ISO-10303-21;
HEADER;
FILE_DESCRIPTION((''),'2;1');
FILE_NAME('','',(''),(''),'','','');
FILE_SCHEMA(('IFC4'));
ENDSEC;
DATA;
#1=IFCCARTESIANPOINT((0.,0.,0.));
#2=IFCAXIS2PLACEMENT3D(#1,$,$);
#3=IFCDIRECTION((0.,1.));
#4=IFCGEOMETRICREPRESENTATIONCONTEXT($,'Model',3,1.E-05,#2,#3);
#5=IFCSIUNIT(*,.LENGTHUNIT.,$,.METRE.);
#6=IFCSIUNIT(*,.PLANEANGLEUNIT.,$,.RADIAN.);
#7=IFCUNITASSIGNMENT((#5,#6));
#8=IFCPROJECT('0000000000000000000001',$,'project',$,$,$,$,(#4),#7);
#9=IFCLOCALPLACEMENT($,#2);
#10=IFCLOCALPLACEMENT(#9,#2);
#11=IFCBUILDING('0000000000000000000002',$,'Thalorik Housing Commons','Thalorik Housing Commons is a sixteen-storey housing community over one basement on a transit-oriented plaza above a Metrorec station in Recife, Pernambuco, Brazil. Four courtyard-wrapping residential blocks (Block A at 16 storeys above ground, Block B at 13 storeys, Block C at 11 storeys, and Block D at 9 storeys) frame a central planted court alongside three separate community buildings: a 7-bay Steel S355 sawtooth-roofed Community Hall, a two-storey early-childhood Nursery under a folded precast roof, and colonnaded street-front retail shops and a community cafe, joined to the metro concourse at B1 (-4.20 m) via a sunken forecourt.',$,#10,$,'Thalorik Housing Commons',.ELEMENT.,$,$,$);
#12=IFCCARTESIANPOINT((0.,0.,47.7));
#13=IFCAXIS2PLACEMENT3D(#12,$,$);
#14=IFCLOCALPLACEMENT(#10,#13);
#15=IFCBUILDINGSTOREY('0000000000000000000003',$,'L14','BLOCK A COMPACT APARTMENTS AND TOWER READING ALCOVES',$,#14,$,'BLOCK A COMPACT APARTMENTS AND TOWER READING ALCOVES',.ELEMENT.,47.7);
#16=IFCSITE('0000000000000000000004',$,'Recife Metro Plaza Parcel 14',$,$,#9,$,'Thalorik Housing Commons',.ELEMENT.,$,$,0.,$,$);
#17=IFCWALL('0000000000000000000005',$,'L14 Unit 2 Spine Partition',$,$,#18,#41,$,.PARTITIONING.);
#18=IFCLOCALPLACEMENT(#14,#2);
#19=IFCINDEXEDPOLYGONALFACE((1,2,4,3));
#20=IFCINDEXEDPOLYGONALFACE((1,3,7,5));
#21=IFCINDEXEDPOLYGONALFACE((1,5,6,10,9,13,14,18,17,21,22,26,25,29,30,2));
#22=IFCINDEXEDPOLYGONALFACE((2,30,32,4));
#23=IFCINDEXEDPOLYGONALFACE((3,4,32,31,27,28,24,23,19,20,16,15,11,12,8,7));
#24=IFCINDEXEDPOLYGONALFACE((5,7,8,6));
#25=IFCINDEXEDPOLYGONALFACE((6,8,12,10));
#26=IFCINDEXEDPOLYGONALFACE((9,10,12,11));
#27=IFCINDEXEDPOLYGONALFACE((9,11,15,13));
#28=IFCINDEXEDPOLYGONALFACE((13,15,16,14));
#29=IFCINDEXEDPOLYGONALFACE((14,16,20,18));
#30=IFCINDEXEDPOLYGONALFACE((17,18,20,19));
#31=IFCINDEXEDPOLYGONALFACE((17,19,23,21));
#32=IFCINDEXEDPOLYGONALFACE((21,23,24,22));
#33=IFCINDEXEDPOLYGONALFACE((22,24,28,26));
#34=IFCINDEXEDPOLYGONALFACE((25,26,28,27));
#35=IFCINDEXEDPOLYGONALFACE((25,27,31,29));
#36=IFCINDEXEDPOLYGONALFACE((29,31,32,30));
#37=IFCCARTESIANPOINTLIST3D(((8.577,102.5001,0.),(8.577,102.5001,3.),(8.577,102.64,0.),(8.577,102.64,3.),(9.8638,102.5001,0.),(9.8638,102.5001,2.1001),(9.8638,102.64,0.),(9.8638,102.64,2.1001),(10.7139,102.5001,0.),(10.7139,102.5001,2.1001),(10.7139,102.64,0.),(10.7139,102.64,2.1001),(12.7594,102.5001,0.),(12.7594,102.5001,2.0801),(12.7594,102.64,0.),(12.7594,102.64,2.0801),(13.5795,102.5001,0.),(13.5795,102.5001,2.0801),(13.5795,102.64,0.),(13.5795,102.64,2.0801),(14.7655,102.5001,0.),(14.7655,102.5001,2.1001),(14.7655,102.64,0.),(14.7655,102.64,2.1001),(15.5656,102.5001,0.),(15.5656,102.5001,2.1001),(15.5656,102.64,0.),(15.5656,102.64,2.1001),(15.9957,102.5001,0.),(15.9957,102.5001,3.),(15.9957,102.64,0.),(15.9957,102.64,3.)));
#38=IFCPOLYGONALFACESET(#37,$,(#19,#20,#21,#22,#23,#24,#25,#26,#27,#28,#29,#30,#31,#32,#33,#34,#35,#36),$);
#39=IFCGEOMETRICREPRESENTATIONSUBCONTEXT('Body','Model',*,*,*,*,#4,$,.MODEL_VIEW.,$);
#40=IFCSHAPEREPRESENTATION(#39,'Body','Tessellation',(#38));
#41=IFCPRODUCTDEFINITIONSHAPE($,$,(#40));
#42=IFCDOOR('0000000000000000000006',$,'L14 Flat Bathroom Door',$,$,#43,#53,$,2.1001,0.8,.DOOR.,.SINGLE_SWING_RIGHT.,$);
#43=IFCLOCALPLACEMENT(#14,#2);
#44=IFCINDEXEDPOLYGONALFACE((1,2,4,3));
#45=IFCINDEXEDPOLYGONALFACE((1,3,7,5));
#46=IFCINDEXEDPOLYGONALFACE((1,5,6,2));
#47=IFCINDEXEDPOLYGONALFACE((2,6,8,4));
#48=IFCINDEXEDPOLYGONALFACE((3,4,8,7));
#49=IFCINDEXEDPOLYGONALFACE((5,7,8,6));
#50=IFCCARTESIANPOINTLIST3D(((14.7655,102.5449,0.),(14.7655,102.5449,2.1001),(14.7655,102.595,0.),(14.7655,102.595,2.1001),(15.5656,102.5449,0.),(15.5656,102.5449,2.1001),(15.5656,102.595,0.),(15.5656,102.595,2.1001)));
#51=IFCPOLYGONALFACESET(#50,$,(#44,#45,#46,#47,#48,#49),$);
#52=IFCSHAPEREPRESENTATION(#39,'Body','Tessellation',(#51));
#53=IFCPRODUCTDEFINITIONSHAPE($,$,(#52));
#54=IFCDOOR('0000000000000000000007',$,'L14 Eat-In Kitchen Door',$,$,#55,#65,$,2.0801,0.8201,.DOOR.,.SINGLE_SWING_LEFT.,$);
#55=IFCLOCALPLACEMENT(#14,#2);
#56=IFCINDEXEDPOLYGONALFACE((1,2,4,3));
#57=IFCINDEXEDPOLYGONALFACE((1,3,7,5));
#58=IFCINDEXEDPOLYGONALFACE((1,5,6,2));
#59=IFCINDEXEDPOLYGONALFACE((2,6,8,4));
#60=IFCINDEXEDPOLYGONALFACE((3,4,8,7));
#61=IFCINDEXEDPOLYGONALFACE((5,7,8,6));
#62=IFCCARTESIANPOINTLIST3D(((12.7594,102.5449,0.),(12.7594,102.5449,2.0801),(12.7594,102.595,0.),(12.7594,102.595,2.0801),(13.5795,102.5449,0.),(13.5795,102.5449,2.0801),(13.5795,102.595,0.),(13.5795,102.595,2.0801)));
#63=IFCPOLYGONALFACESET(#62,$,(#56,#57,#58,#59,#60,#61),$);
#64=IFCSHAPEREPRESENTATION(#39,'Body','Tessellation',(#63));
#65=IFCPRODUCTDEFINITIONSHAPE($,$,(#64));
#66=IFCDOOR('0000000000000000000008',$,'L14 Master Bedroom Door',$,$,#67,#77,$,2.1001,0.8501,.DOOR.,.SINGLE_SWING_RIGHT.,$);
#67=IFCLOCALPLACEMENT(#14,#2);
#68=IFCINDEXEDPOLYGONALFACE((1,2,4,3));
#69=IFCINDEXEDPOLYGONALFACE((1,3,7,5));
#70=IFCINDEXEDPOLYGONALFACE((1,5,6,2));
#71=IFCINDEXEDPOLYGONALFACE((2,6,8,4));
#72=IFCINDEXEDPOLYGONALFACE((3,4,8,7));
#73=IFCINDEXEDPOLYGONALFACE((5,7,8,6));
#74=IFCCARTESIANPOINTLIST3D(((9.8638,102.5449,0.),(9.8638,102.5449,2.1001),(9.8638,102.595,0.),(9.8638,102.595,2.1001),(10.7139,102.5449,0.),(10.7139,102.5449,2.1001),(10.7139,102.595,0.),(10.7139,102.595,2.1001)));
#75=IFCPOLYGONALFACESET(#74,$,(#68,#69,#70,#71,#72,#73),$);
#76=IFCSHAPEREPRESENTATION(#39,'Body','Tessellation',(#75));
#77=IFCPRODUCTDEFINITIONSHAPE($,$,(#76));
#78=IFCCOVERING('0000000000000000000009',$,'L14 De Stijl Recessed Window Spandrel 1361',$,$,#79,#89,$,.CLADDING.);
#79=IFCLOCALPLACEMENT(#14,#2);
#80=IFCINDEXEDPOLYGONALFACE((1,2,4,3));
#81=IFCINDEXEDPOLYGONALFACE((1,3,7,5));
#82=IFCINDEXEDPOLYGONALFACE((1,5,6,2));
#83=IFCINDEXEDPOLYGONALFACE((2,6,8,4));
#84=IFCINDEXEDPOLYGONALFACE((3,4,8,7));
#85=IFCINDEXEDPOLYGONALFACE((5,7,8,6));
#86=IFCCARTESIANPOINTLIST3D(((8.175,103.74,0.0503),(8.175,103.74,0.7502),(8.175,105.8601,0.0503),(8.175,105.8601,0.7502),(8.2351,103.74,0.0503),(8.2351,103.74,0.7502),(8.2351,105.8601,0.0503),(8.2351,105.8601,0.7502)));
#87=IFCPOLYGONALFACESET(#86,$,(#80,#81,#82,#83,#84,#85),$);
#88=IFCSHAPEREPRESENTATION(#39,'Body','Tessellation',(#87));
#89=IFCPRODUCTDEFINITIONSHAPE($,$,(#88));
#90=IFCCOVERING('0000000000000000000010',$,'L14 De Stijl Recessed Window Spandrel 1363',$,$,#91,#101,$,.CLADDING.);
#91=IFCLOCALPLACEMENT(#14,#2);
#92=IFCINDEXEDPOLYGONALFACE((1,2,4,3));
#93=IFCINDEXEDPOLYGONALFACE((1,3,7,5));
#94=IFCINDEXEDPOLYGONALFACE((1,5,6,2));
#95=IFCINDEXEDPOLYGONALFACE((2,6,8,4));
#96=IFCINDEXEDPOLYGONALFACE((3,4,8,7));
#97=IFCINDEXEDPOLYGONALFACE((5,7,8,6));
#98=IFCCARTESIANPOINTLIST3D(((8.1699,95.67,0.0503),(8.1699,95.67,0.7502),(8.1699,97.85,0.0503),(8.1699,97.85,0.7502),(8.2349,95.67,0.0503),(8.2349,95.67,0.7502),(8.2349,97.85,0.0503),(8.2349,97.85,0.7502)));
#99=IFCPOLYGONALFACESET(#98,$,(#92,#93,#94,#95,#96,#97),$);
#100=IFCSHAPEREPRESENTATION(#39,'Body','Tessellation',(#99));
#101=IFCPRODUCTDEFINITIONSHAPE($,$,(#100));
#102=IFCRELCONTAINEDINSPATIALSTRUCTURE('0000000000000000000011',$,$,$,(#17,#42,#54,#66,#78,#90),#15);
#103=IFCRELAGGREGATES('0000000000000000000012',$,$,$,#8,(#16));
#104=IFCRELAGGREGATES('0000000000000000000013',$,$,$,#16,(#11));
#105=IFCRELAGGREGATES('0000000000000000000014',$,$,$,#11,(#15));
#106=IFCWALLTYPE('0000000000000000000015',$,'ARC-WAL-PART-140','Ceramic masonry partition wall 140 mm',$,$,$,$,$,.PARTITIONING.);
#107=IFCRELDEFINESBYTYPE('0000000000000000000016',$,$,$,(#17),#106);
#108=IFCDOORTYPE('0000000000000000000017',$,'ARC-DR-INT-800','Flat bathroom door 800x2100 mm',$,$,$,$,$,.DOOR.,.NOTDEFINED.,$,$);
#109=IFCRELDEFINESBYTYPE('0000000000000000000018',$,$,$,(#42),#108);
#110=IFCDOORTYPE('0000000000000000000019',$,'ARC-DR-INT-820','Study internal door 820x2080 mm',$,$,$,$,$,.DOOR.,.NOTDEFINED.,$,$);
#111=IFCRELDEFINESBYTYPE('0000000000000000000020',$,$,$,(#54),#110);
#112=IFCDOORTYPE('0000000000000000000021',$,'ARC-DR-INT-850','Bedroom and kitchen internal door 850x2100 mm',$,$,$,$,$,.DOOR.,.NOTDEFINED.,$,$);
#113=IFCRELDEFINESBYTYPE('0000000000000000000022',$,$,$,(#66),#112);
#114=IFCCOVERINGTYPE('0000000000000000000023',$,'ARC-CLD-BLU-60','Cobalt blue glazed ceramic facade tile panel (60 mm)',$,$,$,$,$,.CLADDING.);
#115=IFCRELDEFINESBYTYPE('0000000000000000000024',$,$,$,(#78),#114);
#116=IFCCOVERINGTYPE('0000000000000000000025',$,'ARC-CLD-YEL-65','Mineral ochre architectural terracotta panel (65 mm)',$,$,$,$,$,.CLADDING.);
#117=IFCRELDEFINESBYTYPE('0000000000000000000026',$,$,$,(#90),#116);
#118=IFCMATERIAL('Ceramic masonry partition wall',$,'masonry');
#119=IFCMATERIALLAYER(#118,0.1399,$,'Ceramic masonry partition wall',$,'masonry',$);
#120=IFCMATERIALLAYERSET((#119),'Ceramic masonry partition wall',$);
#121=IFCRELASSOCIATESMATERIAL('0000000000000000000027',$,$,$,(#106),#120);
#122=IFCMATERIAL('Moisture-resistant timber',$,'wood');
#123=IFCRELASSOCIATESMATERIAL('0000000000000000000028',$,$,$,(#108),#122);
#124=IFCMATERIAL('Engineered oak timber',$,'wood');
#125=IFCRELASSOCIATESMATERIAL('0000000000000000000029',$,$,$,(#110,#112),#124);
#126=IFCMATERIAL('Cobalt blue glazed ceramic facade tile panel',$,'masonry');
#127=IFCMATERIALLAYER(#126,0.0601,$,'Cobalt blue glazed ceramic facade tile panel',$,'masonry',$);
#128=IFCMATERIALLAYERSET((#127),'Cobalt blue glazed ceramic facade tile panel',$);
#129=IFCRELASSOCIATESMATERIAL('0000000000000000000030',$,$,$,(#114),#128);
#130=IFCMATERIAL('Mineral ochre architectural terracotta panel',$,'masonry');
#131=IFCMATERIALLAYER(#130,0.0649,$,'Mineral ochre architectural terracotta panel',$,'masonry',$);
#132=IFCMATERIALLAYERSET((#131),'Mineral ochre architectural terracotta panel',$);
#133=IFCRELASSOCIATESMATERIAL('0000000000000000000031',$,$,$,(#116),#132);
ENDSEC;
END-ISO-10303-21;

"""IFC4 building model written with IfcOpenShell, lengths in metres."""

from ifc_helpers import new_model, si_unit, direction, frame, frame_2d, origin, origin_2d, place, context, subcontext, project, spatial, rectangle, extrude, material, layer, layer_set, type_object, element, fill, save


model = new_model("IFC4")

# Units and contexts
model_context = context("Model", 3, precision=1e-05, world=origin(), true_north=direction((0.0, 1.0)))
body_context = subcontext(model_context, "Body", "Model", "MODEL_VIEW")
ifc_project = project(units=[si_unit("LENGTHUNIT", "METRE"), si_unit("PLANEANGLEUNIT", "RADIAN")], contexts=[model_context])

# Site, building, storey
site_placement = place(None, origin())
site = spatial("IfcSite", under=ifc_project, at=site_placement, Name="Recife Metro Plaza Parcel 14", LongName="Thalorik Housing Commons", CompositionType="ELEMENT", RefElevation=0.0)
building_placement = place(site_placement, origin())
building = spatial("IfcBuilding", under=site, at=building_placement, Name="Thalorik Housing Commons", Description="Thalorik Housing Commons is a sixteen-storey housing community over one basement on a transit-oriented plaza above a Metrorec station in Recife, Pernambuco, Brazil. Four courtyard-wrapping residential blocks (Block A at 16 storeys above ground, Block B at 13 storeys, Block C at 11 storeys, and Block D at 9 storeys) frame a central planted court alongside three separate community buildings: a 7-bay Steel S355 sawtooth-roofed Community Hall, a two-storey early-childhood Nursery under a folded precast roof, and colonnaded street-front retail shops and a community cafe, joined to the metro concourse at B1 (-4.20 m) via a sunken forecourt.", LongName="Thalorik Housing Commons", CompositionType="ELEMENT")
storey_placement = place(building_placement, frame((0.0, 0.0, 47.7)))
storey = spatial("IfcBuildingStorey", under=building, at=storey_placement, Name="L14", Description="BLOCK A COMPACT APARTMENTS AND TOWER READING ALCOVES", LongName="BLOCK A COMPACT APARTMENTS AND TOWER READING ALCOVES", CompositionType="ELEMENT", Elevation=47.7)

# Wall, openings, doors
ifc_material_1 = material(Name="Ceramic masonry partition wall", Category="masonry")
ifc_layer_1 = layer(ifc_material_1, 0.1399, Name="Ceramic masonry partition wall", Category="masonry")
ifc_layer_set_1 = layer_set([ifc_layer_1], Name="Ceramic masonry partition wall")
wall_type_1 = type_object("IfcWallType", Name="ARC-WAL-PART-140", Description="Ceramic masonry partition wall 140 mm", PredefinedType="PARTITIONING", material=ifc_layer_set_1)
wall_1_placement = place(storey_placement, frame((8.5769, 102.5701, 0.0), z_axis=(0.0, 0.0, 1.0), x_axis=(1.0, 0.0, 0.0)))
wall_1 = element("IfcWall", 1, at=wall_1_placement, inside=storey, type_object=wall_type_1, Name="L14 Unit 2 Spine Partition", PredefinedType="PARTITIONING", context=body_context, shape_type="SweptSolid", body=[
    extrude(rectangle(XDim=7.4187, YDim=0.1399, at=frame_2d((3.7095, 0.0))), origin(), (0.0, 0.0, 1.0), 3.0),
])
opening_1_placement = place(wall_1_placement, frame((1.2869, 0.0, 0.0)))
opening_1 = element("IfcOpeningElement", 2, at=opening_1_placement, cuts=wall_1, PredefinedType="OPENING", context=body_context, shape_type="SweptSolid", body=[
    extrude(rectangle(XDim=0.8501, YDim=2.1001, at=frame_2d((0.425, 1.05))), frame((0.0, 0.0801, 0.0), z_axis=(0.0, -1.0, 0.0), x_axis=(1.0, 0.0, 0.0)), (0.0, 0.0, 1.0), 0.1599),
])
opening_2_placement = place(wall_1_placement, frame((4.1824, 0.0, 0.0)))
opening_2 = element("IfcOpeningElement", 3, at=opening_2_placement, cuts=wall_1, PredefinedType="OPENING", context=body_context, shape_type="SweptSolid", body=[
    extrude(rectangle(XDim=0.8201, YDim=2.0801, at=frame_2d((0.4102, 1.04))), frame((0.0, 0.0801, 0.0), z_axis=(0.0, -1.0, 0.0), x_axis=(1.0, 0.0, 0.0)), (0.0, 0.0, 1.0), 0.1599),
])
opening_3_placement = place(wall_1_placement, frame((6.1887, 0.0, 0.0)))
opening_3 = element("IfcOpeningElement", 4, at=opening_3_placement, cuts=wall_1, PredefinedType="OPENING", context=body_context, shape_type="SweptSolid", body=[
    extrude(rectangle(XDim=0.8, YDim=2.1001, at=frame_2d((0.3999, 1.05))), frame((0.0, 0.0801, 0.0), z_axis=(0.0, -1.0, 0.0), x_axis=(1.0, 0.0, 0.0)), (0.0, 0.0, 1.0), 0.1599),
])
ifc_material_2 = material(Name="Moisture-resistant timber", Category="wood")
door_type_1 = type_object("IfcDoorType", Name="ARC-DR-INT-800", Description="Flat bathroom door 800x2100 mm", OperationType="NOTDEFINED", PredefinedType="DOOR", material=ifc_material_2)
door_1_placement = place(opening_3_placement, origin())
door_1 = element("IfcDoor", 5, at=door_1_placement, inside=storey, type_object=door_type_1, Name="L14 Flat Bathroom Door", OperationType="SINGLE_SWING_RIGHT", OverallHeight=2.1001, OverallWidth=0.8, PredefinedType="DOOR", context=body_context, shape_type="SweptSolid", body=[
    extrude(rectangle(XDim=0.8, YDim=2.1001, at=frame_2d((0.3999, 1.05))), frame((0.0, 0.0249, 0.0), z_axis=(0.0, -1.0, 0.0), x_axis=(1.0, 0.0, 0.0)), (0.0, 0.0, 1.0), 0.05),
])
fill(opening_3, door_1)
ifc_material_3 = material(Name="Engineered oak timber", Category="wood")
door_type_2 = type_object("IfcDoorType", Name="ARC-DR-INT-820", Description="Study internal door 820x2080 mm", OperationType="NOTDEFINED", PredefinedType="DOOR", material=ifc_material_3)
door_2_placement = place(opening_2_placement, origin())
door_2 = element("IfcDoor", 6, at=door_2_placement, inside=storey, type_object=door_type_2, Name="L14 Eat-In Kitchen Door", OperationType="SINGLE_SWING_LEFT", OverallHeight=2.0801, OverallWidth=0.8201, PredefinedType="DOOR", context=body_context, shape_type="SweptSolid", body=[
    extrude(rectangle(XDim=0.8201, YDim=2.0801, at=frame_2d((0.4102, 1.04))), frame((0.0, 0.0249, 0.0), z_axis=(0.0, -1.0, 0.0), x_axis=(1.0, 0.0, 0.0)), (0.0, 0.0, 1.0), 0.05),
])
fill(opening_2, door_2)
door_type_3 = type_object("IfcDoorType", Name="ARC-DR-INT-850", Description="Bedroom and kitchen internal door 850x2100 mm", OperationType="NOTDEFINED", PredefinedType="DOOR", material=ifc_material_3)
door_3_placement = place(opening_1_placement, origin())
door_3 = element("IfcDoor", 7, at=door_3_placement, inside=storey, type_object=door_type_3, Name="L14 Master Bedroom Door", OperationType="SINGLE_SWING_RIGHT", OverallHeight=2.1001, OverallWidth=0.8501, PredefinedType="DOOR", context=body_context, shape_type="SweptSolid", body=[
    extrude(rectangle(XDim=0.8501, YDim=2.1001, at=frame_2d((0.425, 1.05))), frame((0.0, 0.0249, 0.0), z_axis=(0.0, -1.0, 0.0), x_axis=(1.0, 0.0, 0.0)), (0.0, 0.0, 1.0), 0.05),
])
fill(opening_1, door_3)

# Coverings
ifc_material_4 = material(Name="Cobalt blue glazed ceramic facade tile panel", Category="masonry")
ifc_layer_2 = layer(ifc_material_4, 0.0601, Name="Cobalt blue glazed ceramic facade tile panel", Category="masonry")
ifc_layer_set_2 = layer_set([ifc_layer_2], Name="Cobalt blue glazed ceramic facade tile panel")
covering_type_1 = type_object("IfcCoveringType", Name="ARC-CLD-BLU-60", Description="Cobalt blue glazed ceramic facade tile panel (60 mm)", PredefinedType="CLADDING", material=ifc_layer_set_2)
covering_1_placement = place(storey_placement, frame((8.2051, 104.8, 0.0503), z_axis=(0.0, 0.0, 1.0), x_axis=(0.0, -1.0, 0.0)))
element("IfcCovering", 8, at=covering_1_placement, inside=storey, type_object=covering_type_1, Name="L14 De Stijl Recessed Window Spandrel 1361", PredefinedType="CLADDING", context=body_context, shape_type="SweptSolid", body=[
    extrude(rectangle(XDim=2.1201, YDim=0.0601, at=origin_2d()), origin(), (0.0, 0.0, 1.0), 0.7),
])
ifc_material_5 = material(Name="Mineral ochre architectural terracotta panel", Category="masonry")
ifc_layer_3 = layer(ifc_material_5, 0.0649, Name="Mineral ochre architectural terracotta panel", Category="masonry")
ifc_layer_set_3 = layer_set([ifc_layer_3], Name="Mineral ochre architectural terracotta panel")
covering_type_2 = type_object("IfcCoveringType", Name="ARC-CLD-YEL-65", Description="Mineral ochre architectural terracotta panel (65 mm)", PredefinedType="CLADDING", material=ifc_layer_set_3)
covering_2_placement = place(storey_placement, frame((8.2024, 96.76, 0.0503), z_axis=(0.0, 0.0, 1.0), x_axis=(0.0, -1.0, 0.0)))
element("IfcCovering", 9, at=covering_2_placement, inside=storey, type_object=covering_type_2, Name="L14 De Stijl Recessed Window Spandrel 1363", PredefinedType="CLADDING", context=body_context, shape_type="SweptSolid", body=[
    extrude(rectangle(XDim=2.1799, YDim=0.0649, at=origin_2d()), origin(), (0.0, 0.0, 1.0), 0.7),
])

save(model, "model.ifc")
